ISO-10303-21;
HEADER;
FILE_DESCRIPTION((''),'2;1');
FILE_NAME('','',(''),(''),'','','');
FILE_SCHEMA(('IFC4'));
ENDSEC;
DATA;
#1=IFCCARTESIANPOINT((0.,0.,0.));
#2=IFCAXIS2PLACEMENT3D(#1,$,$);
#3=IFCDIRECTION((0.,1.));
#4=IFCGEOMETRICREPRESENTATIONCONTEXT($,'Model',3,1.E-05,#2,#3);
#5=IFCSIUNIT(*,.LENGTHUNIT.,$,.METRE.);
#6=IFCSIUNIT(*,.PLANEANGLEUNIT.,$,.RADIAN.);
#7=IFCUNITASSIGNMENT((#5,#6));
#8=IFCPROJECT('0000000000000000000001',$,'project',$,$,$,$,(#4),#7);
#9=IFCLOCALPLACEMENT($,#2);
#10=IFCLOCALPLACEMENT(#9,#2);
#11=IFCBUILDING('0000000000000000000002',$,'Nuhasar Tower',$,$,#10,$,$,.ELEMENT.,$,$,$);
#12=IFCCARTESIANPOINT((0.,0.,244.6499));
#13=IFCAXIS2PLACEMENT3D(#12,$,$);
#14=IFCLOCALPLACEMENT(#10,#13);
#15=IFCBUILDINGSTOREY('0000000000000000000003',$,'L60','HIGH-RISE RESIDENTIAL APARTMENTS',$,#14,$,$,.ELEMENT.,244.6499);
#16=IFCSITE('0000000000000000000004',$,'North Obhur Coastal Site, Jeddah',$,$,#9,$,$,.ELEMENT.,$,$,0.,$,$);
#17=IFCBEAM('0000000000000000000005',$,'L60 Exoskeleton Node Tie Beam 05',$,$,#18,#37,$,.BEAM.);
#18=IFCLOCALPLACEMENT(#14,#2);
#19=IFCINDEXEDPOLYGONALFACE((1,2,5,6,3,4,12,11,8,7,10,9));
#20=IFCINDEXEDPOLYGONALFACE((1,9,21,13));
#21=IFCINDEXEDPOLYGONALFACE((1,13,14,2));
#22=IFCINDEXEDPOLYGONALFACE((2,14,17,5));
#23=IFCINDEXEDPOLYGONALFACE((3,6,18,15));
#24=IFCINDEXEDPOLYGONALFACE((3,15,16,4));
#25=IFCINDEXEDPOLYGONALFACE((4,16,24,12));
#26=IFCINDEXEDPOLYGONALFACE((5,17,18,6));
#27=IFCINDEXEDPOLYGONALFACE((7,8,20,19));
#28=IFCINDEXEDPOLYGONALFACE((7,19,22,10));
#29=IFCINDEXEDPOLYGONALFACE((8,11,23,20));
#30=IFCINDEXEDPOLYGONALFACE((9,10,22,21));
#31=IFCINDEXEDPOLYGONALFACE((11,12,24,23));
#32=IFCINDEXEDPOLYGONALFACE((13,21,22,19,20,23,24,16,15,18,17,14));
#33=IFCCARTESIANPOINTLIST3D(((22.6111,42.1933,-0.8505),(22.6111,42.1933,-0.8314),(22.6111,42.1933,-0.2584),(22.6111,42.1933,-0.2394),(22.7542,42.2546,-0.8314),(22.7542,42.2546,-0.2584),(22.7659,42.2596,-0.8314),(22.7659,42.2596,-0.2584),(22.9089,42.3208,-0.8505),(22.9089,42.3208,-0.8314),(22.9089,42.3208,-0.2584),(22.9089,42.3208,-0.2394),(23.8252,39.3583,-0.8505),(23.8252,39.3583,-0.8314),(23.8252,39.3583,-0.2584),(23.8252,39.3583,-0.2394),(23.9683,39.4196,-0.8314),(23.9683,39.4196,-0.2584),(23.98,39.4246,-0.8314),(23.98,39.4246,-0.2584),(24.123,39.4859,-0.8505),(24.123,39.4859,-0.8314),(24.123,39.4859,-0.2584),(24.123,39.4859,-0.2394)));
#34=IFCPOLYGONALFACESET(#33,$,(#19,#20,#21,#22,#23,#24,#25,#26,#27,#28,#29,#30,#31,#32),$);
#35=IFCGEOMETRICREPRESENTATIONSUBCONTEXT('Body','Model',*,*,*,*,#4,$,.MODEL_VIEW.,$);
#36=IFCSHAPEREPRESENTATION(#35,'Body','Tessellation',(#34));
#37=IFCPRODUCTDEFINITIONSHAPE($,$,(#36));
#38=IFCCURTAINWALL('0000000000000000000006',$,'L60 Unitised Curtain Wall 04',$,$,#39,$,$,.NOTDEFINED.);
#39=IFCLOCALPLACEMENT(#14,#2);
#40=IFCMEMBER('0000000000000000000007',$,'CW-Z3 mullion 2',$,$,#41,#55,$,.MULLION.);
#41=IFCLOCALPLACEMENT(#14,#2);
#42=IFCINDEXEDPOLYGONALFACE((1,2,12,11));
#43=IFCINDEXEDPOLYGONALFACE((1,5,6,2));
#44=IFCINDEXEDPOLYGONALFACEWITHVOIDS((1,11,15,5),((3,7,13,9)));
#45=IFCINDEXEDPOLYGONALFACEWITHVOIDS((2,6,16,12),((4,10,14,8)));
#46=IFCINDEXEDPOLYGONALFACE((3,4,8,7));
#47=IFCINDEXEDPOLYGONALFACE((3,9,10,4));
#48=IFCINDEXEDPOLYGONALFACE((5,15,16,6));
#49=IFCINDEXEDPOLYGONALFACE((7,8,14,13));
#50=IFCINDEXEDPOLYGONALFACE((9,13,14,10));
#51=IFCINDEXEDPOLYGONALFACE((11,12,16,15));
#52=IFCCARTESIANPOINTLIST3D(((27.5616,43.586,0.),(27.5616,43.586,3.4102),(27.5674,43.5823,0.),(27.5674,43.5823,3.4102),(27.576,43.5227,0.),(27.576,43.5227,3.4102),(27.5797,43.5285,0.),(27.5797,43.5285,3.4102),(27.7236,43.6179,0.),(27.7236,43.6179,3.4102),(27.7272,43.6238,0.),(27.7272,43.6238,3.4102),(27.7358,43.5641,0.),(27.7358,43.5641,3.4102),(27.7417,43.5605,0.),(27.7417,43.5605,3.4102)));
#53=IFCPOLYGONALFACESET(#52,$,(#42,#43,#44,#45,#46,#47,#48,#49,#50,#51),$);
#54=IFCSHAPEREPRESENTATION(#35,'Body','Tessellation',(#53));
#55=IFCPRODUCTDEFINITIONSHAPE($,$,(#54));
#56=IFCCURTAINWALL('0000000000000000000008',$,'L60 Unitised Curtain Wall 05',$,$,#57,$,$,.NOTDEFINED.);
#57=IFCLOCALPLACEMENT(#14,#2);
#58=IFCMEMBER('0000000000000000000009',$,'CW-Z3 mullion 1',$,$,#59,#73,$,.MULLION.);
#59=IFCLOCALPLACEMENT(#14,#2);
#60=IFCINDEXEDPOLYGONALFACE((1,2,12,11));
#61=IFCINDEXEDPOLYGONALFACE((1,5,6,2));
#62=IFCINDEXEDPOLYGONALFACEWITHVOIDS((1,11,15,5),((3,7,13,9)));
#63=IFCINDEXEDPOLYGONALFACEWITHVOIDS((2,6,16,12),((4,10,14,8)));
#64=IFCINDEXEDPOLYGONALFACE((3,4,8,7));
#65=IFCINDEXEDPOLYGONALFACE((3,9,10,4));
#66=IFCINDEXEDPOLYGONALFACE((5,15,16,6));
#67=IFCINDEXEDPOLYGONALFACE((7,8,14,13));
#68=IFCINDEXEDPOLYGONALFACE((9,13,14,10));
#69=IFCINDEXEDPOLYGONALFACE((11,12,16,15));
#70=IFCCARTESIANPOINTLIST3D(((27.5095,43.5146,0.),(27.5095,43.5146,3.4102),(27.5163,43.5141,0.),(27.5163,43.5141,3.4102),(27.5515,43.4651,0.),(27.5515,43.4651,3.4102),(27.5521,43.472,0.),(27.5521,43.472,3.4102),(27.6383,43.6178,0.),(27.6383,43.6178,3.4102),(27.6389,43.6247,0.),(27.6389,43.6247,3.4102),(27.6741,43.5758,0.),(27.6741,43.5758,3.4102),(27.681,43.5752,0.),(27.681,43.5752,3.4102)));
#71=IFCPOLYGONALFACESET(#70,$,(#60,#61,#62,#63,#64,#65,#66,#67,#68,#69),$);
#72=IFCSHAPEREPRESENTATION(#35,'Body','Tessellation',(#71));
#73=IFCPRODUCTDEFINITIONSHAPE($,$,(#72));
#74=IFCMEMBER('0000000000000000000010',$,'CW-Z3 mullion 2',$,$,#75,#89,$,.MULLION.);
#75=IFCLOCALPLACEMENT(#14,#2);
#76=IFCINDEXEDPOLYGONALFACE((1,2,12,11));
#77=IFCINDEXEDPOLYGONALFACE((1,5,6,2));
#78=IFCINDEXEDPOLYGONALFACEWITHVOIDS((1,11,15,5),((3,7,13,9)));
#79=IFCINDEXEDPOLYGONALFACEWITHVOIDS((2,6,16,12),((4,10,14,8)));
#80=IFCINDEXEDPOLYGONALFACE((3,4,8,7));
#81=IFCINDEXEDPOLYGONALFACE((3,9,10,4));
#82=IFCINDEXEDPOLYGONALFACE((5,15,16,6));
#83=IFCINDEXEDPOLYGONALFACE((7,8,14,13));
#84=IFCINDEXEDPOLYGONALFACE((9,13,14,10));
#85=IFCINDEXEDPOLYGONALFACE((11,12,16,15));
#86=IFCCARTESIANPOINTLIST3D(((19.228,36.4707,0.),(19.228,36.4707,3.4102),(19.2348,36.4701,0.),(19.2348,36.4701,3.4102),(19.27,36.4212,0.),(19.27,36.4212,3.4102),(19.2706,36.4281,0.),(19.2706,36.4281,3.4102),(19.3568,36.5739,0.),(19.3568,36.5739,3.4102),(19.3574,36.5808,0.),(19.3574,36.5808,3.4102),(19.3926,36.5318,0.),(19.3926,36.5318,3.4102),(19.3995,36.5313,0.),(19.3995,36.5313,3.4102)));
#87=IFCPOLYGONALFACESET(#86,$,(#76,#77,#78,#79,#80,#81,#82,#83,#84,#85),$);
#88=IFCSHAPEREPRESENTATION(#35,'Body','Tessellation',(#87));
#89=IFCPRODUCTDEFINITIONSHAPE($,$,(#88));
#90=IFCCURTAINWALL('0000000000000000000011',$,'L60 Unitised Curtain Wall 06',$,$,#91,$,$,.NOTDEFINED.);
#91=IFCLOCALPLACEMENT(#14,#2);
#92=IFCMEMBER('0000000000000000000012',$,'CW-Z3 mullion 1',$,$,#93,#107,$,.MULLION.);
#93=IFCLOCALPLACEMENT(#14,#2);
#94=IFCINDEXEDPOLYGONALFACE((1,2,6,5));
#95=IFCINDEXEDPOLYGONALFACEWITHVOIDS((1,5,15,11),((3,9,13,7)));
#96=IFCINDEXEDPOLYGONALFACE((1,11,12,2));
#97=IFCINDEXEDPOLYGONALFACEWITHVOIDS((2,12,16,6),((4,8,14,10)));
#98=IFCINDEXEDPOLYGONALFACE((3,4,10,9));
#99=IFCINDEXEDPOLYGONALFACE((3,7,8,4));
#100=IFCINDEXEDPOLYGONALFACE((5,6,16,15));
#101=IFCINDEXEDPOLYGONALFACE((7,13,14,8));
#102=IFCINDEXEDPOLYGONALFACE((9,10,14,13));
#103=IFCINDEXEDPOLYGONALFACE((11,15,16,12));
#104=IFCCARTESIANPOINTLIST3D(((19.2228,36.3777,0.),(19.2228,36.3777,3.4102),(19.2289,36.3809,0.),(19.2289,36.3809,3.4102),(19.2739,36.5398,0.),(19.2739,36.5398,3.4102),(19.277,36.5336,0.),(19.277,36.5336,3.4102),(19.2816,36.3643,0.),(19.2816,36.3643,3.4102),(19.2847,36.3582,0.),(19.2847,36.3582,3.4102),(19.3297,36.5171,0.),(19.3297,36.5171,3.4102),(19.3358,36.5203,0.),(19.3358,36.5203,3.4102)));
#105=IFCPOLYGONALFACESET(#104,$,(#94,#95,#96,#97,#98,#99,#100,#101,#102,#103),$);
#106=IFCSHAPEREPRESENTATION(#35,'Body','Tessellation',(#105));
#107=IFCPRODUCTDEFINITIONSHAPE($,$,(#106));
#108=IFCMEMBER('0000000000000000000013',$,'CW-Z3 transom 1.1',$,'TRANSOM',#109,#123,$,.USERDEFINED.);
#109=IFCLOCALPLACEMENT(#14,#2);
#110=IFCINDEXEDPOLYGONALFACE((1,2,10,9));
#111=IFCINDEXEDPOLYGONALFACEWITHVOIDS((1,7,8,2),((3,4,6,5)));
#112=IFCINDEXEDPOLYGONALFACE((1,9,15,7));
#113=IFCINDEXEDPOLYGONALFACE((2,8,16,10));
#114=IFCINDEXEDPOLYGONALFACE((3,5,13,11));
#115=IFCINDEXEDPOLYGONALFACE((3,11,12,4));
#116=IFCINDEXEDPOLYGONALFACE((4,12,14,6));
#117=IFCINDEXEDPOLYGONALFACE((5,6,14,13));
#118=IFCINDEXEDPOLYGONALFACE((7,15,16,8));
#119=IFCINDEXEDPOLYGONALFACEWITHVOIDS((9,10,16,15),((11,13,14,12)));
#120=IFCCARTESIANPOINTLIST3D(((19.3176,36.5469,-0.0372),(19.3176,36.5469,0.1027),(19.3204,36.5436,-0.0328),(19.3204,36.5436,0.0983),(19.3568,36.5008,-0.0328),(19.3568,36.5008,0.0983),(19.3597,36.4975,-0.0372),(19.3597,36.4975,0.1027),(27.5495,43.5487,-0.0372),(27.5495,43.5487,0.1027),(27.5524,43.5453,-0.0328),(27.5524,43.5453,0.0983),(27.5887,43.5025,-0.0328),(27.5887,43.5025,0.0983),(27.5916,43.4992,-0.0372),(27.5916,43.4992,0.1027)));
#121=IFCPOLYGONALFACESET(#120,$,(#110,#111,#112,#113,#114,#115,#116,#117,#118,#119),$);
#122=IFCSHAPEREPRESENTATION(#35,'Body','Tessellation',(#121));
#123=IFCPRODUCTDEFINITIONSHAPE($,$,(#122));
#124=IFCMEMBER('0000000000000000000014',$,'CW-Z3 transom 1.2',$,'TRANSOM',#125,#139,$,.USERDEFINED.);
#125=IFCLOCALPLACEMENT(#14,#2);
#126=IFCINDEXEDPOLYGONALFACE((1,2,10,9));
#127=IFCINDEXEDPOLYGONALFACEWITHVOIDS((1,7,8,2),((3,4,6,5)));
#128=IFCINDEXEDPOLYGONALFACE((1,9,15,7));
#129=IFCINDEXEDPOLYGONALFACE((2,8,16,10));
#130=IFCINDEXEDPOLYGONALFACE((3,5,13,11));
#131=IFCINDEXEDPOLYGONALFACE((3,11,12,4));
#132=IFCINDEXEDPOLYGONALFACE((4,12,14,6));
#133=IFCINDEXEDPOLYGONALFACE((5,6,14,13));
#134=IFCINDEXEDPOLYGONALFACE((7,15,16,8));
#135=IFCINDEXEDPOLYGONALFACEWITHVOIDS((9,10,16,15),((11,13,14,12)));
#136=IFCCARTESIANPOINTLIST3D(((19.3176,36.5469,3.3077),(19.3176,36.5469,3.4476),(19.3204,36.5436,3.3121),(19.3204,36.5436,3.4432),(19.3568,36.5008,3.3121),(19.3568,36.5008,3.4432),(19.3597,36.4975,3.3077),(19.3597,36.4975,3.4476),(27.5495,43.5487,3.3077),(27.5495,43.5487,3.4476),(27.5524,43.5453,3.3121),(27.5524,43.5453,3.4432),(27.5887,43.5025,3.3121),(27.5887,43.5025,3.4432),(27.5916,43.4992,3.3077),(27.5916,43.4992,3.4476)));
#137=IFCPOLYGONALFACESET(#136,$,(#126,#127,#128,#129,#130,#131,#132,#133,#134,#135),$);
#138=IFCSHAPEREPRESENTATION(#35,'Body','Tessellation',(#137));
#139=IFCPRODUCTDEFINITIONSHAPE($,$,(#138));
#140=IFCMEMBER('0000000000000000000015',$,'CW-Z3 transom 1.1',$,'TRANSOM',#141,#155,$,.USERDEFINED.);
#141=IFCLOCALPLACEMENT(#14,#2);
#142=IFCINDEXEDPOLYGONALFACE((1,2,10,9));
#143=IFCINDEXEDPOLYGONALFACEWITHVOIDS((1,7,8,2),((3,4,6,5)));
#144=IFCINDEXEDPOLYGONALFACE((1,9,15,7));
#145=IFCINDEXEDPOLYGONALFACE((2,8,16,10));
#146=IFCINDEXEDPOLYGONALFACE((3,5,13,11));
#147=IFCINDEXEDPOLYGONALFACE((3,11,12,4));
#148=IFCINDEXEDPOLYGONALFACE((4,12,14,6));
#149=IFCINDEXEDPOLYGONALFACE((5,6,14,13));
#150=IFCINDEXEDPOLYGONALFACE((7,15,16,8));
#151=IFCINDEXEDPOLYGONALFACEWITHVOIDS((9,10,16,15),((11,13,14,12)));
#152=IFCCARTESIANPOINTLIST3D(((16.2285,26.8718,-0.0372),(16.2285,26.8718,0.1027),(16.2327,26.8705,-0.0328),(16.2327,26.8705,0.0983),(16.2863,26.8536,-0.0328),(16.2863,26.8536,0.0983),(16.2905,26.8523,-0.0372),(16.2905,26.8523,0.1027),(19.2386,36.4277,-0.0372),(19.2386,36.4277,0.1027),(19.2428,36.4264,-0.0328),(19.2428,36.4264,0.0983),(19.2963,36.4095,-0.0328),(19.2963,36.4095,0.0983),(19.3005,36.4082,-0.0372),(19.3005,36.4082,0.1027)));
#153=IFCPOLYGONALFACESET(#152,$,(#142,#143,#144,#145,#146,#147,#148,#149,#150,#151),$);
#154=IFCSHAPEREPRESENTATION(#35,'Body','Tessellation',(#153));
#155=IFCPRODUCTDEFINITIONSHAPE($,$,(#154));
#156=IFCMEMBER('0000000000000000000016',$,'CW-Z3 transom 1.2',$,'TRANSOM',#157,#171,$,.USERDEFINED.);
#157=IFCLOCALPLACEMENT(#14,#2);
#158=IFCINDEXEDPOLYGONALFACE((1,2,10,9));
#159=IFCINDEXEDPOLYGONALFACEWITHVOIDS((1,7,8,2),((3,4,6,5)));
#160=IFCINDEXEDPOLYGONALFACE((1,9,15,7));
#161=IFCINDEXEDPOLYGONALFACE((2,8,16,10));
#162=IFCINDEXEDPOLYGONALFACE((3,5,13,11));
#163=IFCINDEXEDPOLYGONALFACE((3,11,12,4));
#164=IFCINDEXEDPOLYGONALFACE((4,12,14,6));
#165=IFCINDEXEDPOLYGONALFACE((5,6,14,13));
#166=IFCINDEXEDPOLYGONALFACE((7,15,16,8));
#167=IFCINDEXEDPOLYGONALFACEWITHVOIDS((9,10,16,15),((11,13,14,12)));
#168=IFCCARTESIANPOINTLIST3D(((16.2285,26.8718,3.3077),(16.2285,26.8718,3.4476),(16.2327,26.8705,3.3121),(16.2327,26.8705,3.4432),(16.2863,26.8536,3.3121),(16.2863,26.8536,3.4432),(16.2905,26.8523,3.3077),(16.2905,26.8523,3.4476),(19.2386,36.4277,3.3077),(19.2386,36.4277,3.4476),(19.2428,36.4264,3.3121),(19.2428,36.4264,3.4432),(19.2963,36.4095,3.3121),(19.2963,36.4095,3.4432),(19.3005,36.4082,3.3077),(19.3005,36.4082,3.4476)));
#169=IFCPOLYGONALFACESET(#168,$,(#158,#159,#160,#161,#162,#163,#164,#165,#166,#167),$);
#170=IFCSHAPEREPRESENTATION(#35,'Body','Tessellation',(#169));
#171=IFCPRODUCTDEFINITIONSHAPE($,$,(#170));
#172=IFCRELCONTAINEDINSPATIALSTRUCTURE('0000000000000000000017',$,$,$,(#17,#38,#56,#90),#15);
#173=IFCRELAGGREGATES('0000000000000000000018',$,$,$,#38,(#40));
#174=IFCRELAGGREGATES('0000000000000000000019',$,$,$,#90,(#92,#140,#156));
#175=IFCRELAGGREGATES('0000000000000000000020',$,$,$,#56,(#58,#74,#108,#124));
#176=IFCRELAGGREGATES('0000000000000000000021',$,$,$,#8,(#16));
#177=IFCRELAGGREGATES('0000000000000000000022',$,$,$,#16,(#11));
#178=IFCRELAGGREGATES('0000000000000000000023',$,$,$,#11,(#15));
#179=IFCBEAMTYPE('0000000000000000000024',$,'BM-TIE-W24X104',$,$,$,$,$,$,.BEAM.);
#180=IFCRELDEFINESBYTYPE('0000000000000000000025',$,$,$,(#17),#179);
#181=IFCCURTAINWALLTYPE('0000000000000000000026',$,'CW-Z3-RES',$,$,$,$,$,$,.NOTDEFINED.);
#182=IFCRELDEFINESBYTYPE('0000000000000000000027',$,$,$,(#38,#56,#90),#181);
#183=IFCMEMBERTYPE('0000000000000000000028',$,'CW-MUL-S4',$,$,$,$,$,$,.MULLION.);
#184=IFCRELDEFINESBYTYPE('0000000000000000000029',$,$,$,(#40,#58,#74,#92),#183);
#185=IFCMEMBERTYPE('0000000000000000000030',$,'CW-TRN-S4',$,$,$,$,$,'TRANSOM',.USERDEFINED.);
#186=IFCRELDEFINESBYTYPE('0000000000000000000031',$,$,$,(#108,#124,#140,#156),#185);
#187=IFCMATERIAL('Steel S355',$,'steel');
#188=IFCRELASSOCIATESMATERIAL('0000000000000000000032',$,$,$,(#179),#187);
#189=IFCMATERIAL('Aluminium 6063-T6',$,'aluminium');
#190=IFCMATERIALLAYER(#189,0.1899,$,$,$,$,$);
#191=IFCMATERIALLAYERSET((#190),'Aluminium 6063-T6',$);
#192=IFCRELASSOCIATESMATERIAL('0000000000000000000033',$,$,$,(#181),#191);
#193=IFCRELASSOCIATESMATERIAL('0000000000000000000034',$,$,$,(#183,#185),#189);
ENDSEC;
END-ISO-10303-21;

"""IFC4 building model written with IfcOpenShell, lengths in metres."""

from ifc_helpers import new_model, si_unit, direction, frame, origin, origin_2d, place, context, subcontext, project, spatial, hollow_rectangle, i_section, extrude, material, layer, layer_set, material_profile, profile_set, type_object, element, aggregate, save


model = new_model("IFC4")

# Units and contexts
model_context = context("Model", 3, precision=1e-05, world=origin(), true_north=direction((0.0, 1.0)))
body_context = subcontext(model_context, "Body", "Model", "MODEL_VIEW")
ifc_project = project(units=[si_unit("LENGTHUNIT", "METRE"), si_unit("PLANEANGLEUNIT", "RADIAN")], contexts=[model_context])

# Site, building, storey
site_placement = place(None, origin())
site = spatial("IfcSite", under=ifc_project, at=site_placement, Name="North Obhur Coastal Site, Jeddah", CompositionType="ELEMENT", RefElevation=0.0)
building_placement = place(site_placement, origin())
building = spatial("IfcBuilding", under=site, at=building_placement, Name="Nuhasar Tower", CompositionType="ELEMENT")
storey_placement = place(building_placement, frame((0.0, 0.0, 244.6499)))
storey = spatial("IfcBuildingStorey", under=building, at=storey_placement, Name="L60", Description="HIGH-RISE RESIDENTIAL APARTMENTS", CompositionType="ELEMENT", Elevation=244.6499)

# Beam
ifc_material_1 = material(Name="Steel S355", Category="steel")
ifc_material_profile_1 = material_profile(ifc_material_1, i_section(OverallWidth=0.324, OverallDepth=0.6111, WebThickness=0.0127, FlangeThickness=0.019, at=origin_2d()), Name="W24X104")
ifc_profile_set_1 = profile_set([ifc_material_profile_1], Name="Steel S355")
beam_type_1 = type_object("IfcBeamType", Name="BM-TIE-W24X104", PredefinedType="BEAM", material=ifc_profile_set_1)
beam_1_placement = place(storey_placement, frame((23.9741, 39.4221, -0.5449), z_axis=(-0.39368, 0.919247, 0.0), x_axis=(-0.919247, -0.39368, 0.0)))
element("IfcBeam", 1, at=beam_1_placement, inside=storey, type_object=beam_type_1, Name="L60 Exoskeleton Node Tie Beam 05", PredefinedType="BEAM", context=body_context, shape_type="SweptSolid", body=[
    extrude(i_section(OverallWidth=0.324, OverallDepth=0.6111, WebThickness=0.0127, FlangeThickness=0.019, at=origin_2d()), origin(), (0.0, 0.0, 1.0), 3.084),
])

# Curtain wall, member
ifc_material_2 = material(Name="Aluminium 6063-T6", Category="aluminium")
ifc_layer_1 = layer(ifc_material_2, 0.1899)
ifc_layer_set_1 = layer_set([ifc_layer_1], Name="Aluminium 6063-T6")
curtain_wall_type = type_object("IfcCurtainWallType", Name="CW-Z3-RES", PredefinedType="NOTDEFINED", material=ifc_layer_set_1)
curtain_wall_1_placement = place(storey_placement, origin())
curtain_wall_1 = element("IfcCurtainWall", 2, at=curtain_wall_1_placement, inside=storey, type_object=curtain_wall_type, Name="L60 Unitised Curtain Wall 04", PredefinedType="NOTDEFINED")
ifc_material_profile_2 = material_profile(ifc_material_2, hollow_rectangle(XDim=0.0649, YDim=0.1699, WallThickness=0.0049, at=origin_2d()), Name="CWM-4")
ifc_profile_set_2 = profile_set([ifc_material_profile_2], Name="Aluminium 6063-T6")
member_type_1 = type_object("IfcMemberType", Name="CW-MUL-S4", PredefinedType="MULLION", material=ifc_profile_set_2)
member_1_placement = place(storey_placement, frame((27.6516, 43.5732, 0.0), z_axis=(0.0, 0.0, 1.0), x_axis=(0.222243, -0.974991, 0.0)))
member_1 = element("IfcMember", 3, at=member_1_placement, type_object=member_type_1, Name="CW-Z3 mullion 2", PredefinedType="MULLION", context=body_context, shape_type="SweptSolid", body=[
    extrude(hollow_rectangle(XDim=0.0649, YDim=0.1699, WallThickness=0.0049, at=origin_2d()), origin(), (0.0, 0.0, 1.0), 3.4102),
])
aggregate(curtain_wall_1, [member_1])

# Curtain wall, members
curtain_wall_2_placement = place(storey_placement, origin())
curtain_wall_2 = element("IfcCurtainWall", 4, at=curtain_wall_2_placement, inside=storey, type_object=curtain_wall_type, Name="L60 Unitised Curtain Wall 05", PredefinedType="NOTDEFINED")
member_2_placement = place(storey_placement, frame((27.5952, 43.5449, 0.0), z_axis=(0.0, 0.0, 1.0), x_axis=(0.647895, -0.761729, 0.0)))
member_2 = element("IfcMember", 5, at=member_2_placement, type_object=member_type_1, Name="CW-Z3 mullion 1", PredefinedType="MULLION", context=body_context, shape_type="SweptSolid", body=[
    extrude(hollow_rectangle(XDim=0.0649, YDim=0.1699, WallThickness=0.0049, at=origin_2d()), origin(), (0.0, 0.0, 1.0), 3.4102),
])
member_3_placement = place(storey_placement, frame((19.3137, 36.501, 0.0), z_axis=(0.0, 0.0, 1.0), x_axis=(0.647895, -0.761729, 0.0)))
member_3 = element("IfcMember", 6, at=member_3_placement, type_object=member_type_1, Name="CW-Z3 mullion 2", PredefinedType="MULLION", context=body_context, shape_type="SweptSolid", body=[
    extrude(hollow_rectangle(XDim=0.0649, YDim=0.1699, WallThickness=0.0049, at=origin_2d()), origin(), (0.0, 0.0, 1.0), 3.4102),
])

# Curtain wall, member
curtain_wall_3_placement = place(storey_placement, origin())
curtain_wall_3 = element("IfcCurtainWall", 7, at=curtain_wall_3_placement, inside=storey, type_object=curtain_wall_type, Name="L60 Unitised Curtain Wall 06", PredefinedType="NOTDEFINED")
member_4_placement = place(storey_placement, frame((19.2793, 36.449, 0.0), z_axis=(0.0, 0.0, 1.0), x_axis=(0.953804, -0.300429, 0.0)))
member_4 = element("IfcMember", 8, at=member_4_placement, type_object=member_type_1, Name="CW-Z3 mullion 1", PredefinedType="MULLION", context=body_context, shape_type="SweptSolid", body=[
    extrude(hollow_rectangle(XDim=0.0649, YDim=0.1699, WallThickness=0.0049, at=origin_2d()), origin(), (0.0, 0.0, 1.0), 3.4102),
])

# Members
ifc_material_profile_3 = material_profile(ifc_material_2, hollow_rectangle(XDim=0.0649, YDim=0.1399, WallThickness=0.0044, at=origin_2d()), Name="CWT-4")
ifc_profile_set_3 = profile_set([ifc_material_profile_3], Name="Aluminium 6063-T6")
member_type_2 = type_object("IfcMemberType", Name="CW-TRN-S4", ElementType="TRANSOM", PredefinedType="USERDEFINED", material=ifc_profile_set_3)
member_5_placement = place(storey_placement, frame((27.5706, 43.5239, 0.0327), z_axis=(-0.761731, -0.647894, 0.0), x_axis=(0.647894, -0.761731, 0.0)))
member_5 = element("IfcMember", 9, at=member_5_placement, type_object=member_type_2, Name="CW-Z3 transom 1.1", ObjectType="TRANSOM", PredefinedType="USERDEFINED", context=body_context, shape_type="SweptSolid", body=[
    extrude(hollow_rectangle(XDim=0.0649, YDim=0.1399, WallThickness=0.0044, at=origin_2d()), origin(), (0.0, 0.0, 1.0), 10.8069),
])
member_6_placement = place(storey_placement, frame((27.5706, 43.5239, 3.3777), z_axis=(-0.761731, -0.647894, 0.0), x_axis=(0.647894, -0.761731, 0.0)))
member_6 = element("IfcMember", 10, at=member_6_placement, type_object=member_type_2, Name="CW-Z3 transom 1.2", ObjectType="TRANSOM", PredefinedType="USERDEFINED", context=body_context, shape_type="SweptSolid", body=[
    extrude(hollow_rectangle(XDim=0.0649, YDim=0.1399, WallThickness=0.0044, at=origin_2d()), origin(), (0.0, 0.0, 1.0), 10.8069),
])
member_7_placement = place(storey_placement, frame((19.2695, 36.418, 0.0327), z_axis=(-0.300437, -0.953802, 0.0), x_axis=(0.953802, -0.300437, 0.0)))
member_7 = element("IfcMember", 11, at=member_7_placement, type_object=member_type_2, Name="CW-Z3 transom 1.1", ObjectType="TRANSOM", PredefinedType="USERDEFINED", context=body_context, shape_type="SweptSolid", body=[
    extrude(hollow_rectangle(XDim=0.0649, YDim=0.1399, WallThickness=0.0044, at=origin_2d()), origin(), (0.0, 0.0, 1.0), 10.0188),
])
member_8_placement = place(storey_placement, frame((19.2695, 36.418, 3.3777), z_axis=(-0.300437, -0.953802, 0.0), x_axis=(0.953802, -0.300437, 0.0)))
member_8 = element("IfcMember", 12, at=member_8_placement, type_object=member_type_2, Name="CW-Z3 transom 1.2", ObjectType="TRANSOM", PredefinedType="USERDEFINED", context=body_context, shape_type="SweptSolid", body=[
    extrude(hollow_rectangle(XDim=0.0649, YDim=0.1399, WallThickness=0.0044, at=origin_2d()), origin(), (0.0, 0.0, 1.0), 10.0188),
])
aggregate(curtain_wall_3, [member_4, member_7, member_8])

aggregate(curtain_wall_2, [member_2, member_3, member_5, member_6])

save(model, "model.ifc")
